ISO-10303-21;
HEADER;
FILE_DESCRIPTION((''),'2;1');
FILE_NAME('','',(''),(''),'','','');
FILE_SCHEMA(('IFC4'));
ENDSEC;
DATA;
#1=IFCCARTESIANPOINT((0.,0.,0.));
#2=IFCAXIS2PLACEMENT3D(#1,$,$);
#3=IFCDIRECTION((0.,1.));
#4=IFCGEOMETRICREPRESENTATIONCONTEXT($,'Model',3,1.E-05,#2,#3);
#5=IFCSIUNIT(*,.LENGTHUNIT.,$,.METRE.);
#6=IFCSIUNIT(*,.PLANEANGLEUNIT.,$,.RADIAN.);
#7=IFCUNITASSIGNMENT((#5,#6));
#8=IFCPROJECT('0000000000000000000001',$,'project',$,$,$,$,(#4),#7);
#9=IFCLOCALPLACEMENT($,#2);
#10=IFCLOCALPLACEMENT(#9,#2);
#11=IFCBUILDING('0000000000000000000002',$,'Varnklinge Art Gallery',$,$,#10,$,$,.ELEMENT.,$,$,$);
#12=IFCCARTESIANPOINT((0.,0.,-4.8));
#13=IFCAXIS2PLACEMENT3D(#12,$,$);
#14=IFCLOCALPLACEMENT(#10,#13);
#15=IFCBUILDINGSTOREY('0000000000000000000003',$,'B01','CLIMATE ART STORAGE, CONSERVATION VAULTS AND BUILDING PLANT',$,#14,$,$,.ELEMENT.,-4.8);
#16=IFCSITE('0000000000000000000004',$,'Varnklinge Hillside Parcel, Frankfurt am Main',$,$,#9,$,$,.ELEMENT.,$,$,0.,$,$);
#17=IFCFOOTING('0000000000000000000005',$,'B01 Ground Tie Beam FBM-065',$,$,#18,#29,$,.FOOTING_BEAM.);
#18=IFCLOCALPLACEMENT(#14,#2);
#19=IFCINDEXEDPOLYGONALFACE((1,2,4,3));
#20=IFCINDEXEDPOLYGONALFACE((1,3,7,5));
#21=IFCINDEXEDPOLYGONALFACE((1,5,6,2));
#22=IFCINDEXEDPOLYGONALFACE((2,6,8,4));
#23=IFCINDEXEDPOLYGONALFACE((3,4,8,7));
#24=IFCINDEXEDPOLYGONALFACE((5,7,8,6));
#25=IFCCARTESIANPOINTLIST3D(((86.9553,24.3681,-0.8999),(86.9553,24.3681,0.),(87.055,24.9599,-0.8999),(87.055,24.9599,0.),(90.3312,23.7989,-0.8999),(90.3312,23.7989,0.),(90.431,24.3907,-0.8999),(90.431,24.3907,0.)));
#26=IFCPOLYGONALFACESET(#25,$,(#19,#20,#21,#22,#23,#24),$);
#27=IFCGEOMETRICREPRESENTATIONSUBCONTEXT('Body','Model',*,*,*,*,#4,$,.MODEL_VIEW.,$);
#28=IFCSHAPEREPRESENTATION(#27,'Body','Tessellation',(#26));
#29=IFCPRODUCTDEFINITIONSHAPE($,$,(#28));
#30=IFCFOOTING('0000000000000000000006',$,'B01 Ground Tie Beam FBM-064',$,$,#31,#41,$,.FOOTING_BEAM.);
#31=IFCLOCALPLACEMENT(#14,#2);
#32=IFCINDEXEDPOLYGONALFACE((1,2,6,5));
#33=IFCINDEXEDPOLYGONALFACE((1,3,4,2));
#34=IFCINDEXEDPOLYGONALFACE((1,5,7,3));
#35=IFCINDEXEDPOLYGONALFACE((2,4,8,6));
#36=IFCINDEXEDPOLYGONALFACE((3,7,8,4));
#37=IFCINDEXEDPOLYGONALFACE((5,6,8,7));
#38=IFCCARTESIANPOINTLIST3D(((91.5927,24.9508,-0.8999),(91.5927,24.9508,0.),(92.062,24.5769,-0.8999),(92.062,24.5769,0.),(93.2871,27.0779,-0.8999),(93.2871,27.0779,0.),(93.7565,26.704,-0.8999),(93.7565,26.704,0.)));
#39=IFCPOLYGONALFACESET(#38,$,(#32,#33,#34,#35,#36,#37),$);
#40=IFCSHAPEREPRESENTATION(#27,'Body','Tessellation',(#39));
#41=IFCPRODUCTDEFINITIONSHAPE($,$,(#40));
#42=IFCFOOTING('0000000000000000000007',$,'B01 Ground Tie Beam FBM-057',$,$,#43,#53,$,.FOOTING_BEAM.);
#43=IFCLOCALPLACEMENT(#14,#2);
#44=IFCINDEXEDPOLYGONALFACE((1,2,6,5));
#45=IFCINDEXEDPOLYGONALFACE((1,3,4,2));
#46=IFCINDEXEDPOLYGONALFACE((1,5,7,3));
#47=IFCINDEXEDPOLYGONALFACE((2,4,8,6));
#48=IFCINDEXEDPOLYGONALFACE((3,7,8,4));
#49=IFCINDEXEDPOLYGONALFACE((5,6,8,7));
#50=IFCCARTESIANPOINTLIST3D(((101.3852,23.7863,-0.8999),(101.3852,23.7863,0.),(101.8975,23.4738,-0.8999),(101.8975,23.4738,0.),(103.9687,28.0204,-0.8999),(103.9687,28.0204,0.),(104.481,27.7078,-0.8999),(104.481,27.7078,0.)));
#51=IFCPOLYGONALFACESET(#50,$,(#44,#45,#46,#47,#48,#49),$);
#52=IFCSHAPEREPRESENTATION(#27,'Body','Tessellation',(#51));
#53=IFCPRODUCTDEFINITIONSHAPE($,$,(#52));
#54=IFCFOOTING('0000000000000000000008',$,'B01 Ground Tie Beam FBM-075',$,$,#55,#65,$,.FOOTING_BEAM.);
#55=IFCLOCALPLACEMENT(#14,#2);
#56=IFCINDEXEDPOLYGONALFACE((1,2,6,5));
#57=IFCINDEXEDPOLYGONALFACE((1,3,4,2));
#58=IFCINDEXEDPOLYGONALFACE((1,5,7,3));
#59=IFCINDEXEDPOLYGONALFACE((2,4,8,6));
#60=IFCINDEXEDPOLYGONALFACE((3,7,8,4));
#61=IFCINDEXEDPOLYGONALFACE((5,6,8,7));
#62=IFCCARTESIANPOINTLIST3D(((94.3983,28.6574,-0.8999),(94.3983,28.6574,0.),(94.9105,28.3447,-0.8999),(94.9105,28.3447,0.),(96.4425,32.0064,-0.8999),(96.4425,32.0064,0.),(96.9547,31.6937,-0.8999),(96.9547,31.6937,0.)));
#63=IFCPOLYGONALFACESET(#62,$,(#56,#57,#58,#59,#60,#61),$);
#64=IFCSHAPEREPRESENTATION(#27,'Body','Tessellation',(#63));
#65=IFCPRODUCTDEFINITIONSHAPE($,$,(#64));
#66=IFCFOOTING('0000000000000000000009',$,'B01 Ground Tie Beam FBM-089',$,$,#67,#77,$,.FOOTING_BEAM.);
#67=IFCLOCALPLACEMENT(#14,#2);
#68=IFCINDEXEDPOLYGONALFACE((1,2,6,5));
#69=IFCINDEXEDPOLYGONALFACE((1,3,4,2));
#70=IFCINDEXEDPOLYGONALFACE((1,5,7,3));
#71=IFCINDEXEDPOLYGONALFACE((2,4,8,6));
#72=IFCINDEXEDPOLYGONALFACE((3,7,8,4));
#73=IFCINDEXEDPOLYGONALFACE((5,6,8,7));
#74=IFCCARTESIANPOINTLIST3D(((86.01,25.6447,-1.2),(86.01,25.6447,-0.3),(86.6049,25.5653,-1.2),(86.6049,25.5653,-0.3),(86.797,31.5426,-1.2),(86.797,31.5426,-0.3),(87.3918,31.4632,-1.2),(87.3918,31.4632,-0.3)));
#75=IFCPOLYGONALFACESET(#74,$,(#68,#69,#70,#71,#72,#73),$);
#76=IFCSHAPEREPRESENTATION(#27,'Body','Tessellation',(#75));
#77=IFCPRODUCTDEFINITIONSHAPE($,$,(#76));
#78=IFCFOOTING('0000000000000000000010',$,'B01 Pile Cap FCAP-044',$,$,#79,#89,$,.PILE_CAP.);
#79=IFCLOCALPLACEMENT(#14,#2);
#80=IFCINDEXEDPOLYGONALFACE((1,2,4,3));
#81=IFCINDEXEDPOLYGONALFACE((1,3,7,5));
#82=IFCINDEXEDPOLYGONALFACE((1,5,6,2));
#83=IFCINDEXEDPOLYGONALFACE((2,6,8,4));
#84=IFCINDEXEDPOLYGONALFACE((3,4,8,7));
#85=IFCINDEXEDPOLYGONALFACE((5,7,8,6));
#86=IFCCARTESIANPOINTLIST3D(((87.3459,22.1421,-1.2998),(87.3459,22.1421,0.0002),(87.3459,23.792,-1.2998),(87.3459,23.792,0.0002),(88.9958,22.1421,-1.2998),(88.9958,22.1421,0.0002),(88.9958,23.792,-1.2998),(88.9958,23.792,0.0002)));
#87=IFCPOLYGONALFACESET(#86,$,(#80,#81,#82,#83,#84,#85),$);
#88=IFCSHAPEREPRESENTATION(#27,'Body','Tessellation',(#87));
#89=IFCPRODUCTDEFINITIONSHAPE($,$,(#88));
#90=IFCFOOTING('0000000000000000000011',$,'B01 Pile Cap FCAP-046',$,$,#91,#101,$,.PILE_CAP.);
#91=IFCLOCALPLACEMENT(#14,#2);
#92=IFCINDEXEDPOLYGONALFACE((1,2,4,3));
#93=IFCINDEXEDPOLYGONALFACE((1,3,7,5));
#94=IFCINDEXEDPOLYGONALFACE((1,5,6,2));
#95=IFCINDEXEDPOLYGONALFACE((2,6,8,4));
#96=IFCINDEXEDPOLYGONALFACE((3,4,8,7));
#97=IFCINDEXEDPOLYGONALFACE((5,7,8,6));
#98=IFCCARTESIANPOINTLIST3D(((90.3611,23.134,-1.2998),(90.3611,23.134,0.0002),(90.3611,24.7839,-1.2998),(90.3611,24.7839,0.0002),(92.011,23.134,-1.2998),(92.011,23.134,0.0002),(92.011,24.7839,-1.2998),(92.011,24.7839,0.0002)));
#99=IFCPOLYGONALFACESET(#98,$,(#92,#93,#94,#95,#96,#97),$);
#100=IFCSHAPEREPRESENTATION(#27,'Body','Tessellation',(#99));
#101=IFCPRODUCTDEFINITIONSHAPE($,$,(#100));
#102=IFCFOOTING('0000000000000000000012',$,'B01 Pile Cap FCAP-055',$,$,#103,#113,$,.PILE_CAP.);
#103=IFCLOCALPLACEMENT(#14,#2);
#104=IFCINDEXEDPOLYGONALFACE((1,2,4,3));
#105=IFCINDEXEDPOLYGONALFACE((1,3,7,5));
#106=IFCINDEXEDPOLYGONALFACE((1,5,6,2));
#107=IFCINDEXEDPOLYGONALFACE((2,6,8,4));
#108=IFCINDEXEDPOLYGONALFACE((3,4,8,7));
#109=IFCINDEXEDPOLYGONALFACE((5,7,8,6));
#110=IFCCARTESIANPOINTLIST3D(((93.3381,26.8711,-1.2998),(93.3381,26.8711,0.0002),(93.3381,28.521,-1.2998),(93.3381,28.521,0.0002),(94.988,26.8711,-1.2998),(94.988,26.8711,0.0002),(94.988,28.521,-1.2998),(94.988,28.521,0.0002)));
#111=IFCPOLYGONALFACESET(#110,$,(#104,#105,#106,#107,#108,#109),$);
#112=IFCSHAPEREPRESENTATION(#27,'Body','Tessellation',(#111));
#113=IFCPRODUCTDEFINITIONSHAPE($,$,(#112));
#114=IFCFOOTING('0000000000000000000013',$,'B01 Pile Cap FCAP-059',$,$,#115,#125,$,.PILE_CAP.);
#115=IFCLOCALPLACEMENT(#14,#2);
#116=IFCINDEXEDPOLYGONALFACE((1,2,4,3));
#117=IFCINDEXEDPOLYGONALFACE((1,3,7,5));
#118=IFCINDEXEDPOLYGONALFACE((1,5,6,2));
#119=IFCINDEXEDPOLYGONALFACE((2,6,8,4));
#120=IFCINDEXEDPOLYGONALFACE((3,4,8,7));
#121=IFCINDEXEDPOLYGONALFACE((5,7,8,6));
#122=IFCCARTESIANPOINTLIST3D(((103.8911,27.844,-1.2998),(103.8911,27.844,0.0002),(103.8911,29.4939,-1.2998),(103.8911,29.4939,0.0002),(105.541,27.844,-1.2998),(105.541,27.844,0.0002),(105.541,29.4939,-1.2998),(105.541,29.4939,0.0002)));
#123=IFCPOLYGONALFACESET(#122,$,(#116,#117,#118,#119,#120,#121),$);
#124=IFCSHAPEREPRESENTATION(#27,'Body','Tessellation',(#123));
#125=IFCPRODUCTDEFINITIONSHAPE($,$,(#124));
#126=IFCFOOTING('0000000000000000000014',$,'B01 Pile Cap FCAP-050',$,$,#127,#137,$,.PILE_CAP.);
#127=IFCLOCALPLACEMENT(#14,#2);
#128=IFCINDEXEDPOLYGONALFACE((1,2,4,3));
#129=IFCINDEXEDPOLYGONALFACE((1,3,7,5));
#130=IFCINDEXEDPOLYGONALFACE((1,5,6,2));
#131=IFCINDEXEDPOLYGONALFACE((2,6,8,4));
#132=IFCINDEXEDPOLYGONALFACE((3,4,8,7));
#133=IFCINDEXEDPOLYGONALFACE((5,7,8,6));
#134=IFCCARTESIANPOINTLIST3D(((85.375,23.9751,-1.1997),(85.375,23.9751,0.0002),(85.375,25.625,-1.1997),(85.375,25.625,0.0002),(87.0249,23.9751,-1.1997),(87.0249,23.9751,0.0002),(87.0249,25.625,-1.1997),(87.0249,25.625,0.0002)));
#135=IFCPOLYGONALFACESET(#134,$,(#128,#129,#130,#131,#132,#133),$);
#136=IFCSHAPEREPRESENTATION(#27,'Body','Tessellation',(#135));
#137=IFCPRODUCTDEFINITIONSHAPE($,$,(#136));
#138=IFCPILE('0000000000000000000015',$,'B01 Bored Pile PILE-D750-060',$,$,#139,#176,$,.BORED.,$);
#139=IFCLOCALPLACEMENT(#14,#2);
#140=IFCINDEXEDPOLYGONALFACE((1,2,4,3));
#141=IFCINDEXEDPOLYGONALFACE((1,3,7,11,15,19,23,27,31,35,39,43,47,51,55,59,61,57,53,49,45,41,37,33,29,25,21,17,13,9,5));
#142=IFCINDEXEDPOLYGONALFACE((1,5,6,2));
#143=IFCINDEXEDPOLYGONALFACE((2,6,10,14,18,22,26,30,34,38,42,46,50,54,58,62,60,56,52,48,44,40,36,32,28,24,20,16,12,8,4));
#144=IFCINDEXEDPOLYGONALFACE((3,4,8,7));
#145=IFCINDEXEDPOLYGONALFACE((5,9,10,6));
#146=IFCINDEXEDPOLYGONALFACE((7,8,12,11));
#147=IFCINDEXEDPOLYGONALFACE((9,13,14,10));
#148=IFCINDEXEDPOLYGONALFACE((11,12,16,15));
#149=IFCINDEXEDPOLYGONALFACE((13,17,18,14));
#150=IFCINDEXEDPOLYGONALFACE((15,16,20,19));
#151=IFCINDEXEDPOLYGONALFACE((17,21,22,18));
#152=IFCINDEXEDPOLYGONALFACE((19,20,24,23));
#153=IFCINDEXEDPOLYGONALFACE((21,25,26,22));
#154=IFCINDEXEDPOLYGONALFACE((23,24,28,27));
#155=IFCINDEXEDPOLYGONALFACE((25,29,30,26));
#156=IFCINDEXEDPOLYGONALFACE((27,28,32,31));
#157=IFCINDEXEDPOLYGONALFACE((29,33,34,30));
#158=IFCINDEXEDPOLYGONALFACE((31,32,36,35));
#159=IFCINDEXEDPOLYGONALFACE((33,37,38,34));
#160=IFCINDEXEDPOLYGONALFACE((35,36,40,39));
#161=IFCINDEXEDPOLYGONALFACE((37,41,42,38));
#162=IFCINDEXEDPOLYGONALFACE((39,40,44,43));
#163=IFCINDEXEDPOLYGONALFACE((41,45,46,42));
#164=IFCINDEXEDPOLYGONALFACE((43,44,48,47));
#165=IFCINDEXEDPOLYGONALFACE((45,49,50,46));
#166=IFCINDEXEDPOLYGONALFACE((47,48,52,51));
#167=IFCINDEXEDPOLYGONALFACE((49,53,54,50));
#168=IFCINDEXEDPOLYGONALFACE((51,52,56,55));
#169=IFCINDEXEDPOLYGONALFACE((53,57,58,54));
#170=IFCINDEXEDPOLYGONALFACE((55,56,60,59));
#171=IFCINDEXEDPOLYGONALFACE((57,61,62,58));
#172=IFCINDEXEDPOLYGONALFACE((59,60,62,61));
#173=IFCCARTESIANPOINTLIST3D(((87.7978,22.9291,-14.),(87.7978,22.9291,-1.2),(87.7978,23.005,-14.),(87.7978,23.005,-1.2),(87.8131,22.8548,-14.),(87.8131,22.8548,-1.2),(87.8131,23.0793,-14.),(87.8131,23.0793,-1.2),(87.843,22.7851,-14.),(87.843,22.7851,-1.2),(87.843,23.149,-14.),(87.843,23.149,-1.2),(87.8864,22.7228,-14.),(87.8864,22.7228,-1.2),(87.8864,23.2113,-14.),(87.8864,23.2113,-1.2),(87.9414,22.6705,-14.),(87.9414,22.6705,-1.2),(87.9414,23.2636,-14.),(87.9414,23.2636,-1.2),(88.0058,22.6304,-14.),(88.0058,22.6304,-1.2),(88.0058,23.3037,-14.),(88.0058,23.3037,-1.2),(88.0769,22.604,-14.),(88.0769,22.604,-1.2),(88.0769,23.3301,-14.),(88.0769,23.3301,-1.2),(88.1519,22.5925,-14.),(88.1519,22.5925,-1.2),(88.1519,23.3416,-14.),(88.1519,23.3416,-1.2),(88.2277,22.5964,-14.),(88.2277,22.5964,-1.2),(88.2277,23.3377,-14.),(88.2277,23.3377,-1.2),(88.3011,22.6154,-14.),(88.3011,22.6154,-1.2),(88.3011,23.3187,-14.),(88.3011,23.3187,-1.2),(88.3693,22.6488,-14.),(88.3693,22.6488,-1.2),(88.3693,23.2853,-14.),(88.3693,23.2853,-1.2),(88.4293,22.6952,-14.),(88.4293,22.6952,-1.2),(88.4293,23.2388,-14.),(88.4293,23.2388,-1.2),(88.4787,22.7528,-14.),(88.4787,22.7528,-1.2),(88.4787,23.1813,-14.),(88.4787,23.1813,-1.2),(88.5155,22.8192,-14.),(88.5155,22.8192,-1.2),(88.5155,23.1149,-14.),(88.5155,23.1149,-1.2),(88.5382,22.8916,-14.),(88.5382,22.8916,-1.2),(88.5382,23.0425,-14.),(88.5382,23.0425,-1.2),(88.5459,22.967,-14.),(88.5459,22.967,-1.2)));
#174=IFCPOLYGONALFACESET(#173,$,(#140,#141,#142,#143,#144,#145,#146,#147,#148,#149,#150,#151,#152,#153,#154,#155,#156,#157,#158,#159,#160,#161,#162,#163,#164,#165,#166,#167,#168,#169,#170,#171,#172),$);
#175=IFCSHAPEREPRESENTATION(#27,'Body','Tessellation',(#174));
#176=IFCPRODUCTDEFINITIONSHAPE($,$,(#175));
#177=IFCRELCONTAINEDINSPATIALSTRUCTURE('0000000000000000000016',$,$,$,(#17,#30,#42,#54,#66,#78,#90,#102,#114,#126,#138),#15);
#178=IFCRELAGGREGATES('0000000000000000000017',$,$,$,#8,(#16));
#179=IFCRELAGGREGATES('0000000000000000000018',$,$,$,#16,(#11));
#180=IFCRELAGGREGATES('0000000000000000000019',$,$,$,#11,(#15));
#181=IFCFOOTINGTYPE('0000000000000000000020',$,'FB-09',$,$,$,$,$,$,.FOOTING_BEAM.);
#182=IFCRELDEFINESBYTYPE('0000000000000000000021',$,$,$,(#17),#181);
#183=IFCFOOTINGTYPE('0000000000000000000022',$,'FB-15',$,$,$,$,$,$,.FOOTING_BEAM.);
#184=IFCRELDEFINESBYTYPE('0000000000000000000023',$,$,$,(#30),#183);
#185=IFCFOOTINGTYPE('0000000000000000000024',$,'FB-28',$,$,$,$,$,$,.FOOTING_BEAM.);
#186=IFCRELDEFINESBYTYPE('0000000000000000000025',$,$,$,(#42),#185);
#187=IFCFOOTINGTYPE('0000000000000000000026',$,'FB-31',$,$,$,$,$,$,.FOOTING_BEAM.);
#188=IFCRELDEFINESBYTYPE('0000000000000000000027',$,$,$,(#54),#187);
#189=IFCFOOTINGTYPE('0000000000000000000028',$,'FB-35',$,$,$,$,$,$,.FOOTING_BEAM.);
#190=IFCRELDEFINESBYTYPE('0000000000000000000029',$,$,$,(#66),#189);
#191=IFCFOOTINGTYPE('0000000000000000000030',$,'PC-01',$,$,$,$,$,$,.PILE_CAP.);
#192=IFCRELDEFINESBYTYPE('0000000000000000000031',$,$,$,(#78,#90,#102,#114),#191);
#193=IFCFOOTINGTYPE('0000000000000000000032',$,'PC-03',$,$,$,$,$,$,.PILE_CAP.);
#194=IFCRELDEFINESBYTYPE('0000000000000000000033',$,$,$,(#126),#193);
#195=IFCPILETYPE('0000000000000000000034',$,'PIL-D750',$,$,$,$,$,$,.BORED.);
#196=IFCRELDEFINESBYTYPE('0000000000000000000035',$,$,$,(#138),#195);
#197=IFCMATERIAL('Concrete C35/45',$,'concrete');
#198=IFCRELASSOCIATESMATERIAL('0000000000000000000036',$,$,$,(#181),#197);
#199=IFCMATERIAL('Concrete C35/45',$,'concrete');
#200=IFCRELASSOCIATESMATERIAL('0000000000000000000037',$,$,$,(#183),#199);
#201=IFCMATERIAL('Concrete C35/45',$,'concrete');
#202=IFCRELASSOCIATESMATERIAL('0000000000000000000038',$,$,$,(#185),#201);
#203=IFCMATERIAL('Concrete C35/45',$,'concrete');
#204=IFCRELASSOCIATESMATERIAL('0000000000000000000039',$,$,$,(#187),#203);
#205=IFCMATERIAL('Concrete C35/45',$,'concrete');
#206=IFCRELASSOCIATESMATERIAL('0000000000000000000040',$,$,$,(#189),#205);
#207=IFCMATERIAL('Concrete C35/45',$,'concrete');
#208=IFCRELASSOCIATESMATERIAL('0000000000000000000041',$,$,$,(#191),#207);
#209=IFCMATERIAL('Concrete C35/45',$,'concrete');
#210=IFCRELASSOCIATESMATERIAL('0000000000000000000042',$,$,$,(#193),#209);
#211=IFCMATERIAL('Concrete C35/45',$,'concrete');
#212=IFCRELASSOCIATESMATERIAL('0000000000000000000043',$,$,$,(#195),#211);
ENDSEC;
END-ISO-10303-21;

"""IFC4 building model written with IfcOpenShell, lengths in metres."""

from ifc_helpers import new_model, si_unit, direction, frame, origin, origin_2d, place, context, subcontext, project, spatial, rectangle, circle, extrude, material, material_profile, profile_set, type_object, element, save


model = new_model("IFC4")

# Units and contexts
model_context = context("Model", 3, precision=1e-05, world=origin(), true_north=direction((0.0, 1.0)))
body_context = subcontext(model_context, "Body", "Model", "MODEL_VIEW")
ifc_project = project(units=[si_unit("LENGTHUNIT", "METRE"), si_unit("PLANEANGLEUNIT", "RADIAN")], contexts=[model_context])

# Site, building, storey
site_placement = place(None, origin())
site = spatial("IfcSite", under=ifc_project, at=site_placement, Name="Varnklinge Hillside Parcel, Frankfurt am Main", CompositionType="ELEMENT", RefElevation=0.0)
building_placement = place(site_placement, origin())
building = spatial("IfcBuilding", under=site, at=building_placement, Name="Varnklinge Art Gallery", CompositionType="ELEMENT")
storey_placement = place(building_placement, frame((0.0, 0.0, -4.8)))
storey = spatial("IfcBuildingStorey", under=building, at=storey_placement, Name="B01", Description="CLIMATE ART STORAGE, CONSERVATION VAULTS AND BUILDING PLANT", CompositionType="ELEMENT", Elevation=-4.8)

# Footings
ifc_material_1 = material(Name="Concrete C35/45", Category="concrete")
footing_type_1 = type_object("IfcFootingType", Name="FB-09", PredefinedType="FOOTING_BEAM", material=ifc_material_1)
footing_1_placement = place(storey_placement, frame((88.6931, 24.3794, -0.8999), z_axis=(0.0, 0.0, 1.0), x_axis=(-0.986083, 0.166252, 0.0)))
element("IfcFooting", 1, at=footing_1_placement, inside=storey, type_object=footing_type_1, Name="B01 Ground Tie Beam FBM-065", PredefinedType="FOOTING_BEAM", context=body_context, shape_type="SweptSolid", body=[
    extrude(rectangle(XDim=3.4236, YDim=0.6001, at=origin_2d()), origin(), (0.0, 0.0, 1.0), 0.8999),
])
ifc_material_2 = material(Name="Concrete C35/45", Category="concrete")
footing_type_2 = type_object("IfcFootingType", Name="FB-15", PredefinedType="FOOTING_BEAM", material=ifc_material_2)
footing_2_placement = place(storey_placement, frame((92.6746, 25.8274, -0.8999), z_axis=(0.0, 0.0, 1.0), x_axis=(0.623061, 0.782173, 0.0)))
element("IfcFooting", 2, at=footing_2_placement, inside=storey, type_object=footing_type_2, Name="B01 Ground Tie Beam FBM-064", PredefinedType="FOOTING_BEAM", context=body_context, shape_type="SweptSolid", body=[
    extrude(rectangle(XDim=2.7195, YDim=0.6001, at=origin_2d()), origin(), (0.0, 0.0, 1.0), 0.8999),
])
ifc_material_3 = material(Name="Concrete C35/45", Category="concrete")
footing_type_3 = type_object("IfcFootingType", Name="FB-28", PredefinedType="FOOTING_BEAM", material=ifc_material_3)
footing_3_placement = place(storey_placement, frame((102.9331, 25.7471, -0.8999), z_axis=(0.0, 0.0, 1.0), x_axis=(0.520861, 0.853642, 0.0)))
element("IfcFooting", 3, at=footing_3_placement, inside=storey, type_object=footing_type_3, Name="B01 Ground Tie Beam FBM-057", PredefinedType="FOOTING_BEAM", context=body_context, shape_type="SweptSolid", body=[
    extrude(rectangle(XDim=4.96, YDim=0.6001, at=origin_2d()), origin(), (0.0, 0.0, 1.0), 0.8999),
])
ifc_material_4 = material(Name="Concrete C35/45", Category="concrete")
footing_type_4 = type_object("IfcFootingType", Name="FB-31", PredefinedType="FOOTING_BEAM", material=ifc_material_4)
footing_4_placement = place(storey_placement, frame((95.6765, 30.1755, -0.8999), z_axis=(0.0, 0.0, 1.0), x_axis=(0.52101, 0.853551, 0.0)))
element("IfcFooting", 4, at=footing_4_placement, inside=storey, type_object=footing_type_4, Name="B01 Ground Tie Beam FBM-075", PredefinedType="FOOTING_BEAM", context=body_context, shape_type="SweptSolid", body=[
    extrude(rectangle(XDim=3.9236, YDim=0.6001, at=origin_2d()), origin(), (0.0, 0.0, 1.0), 0.8999),
])
ifc_material_5 = material(Name="Concrete C35/45", Category="concrete")
footing_type_5 = type_object("IfcFootingType", Name="FB-35", PredefinedType="FOOTING_BEAM", material=ifc_material_5)
footing_5_placement = place(storey_placement, frame((86.7009, 28.554, -1.2), z_axis=(0.0, 0.0, 1.0), x_axis=(-0.132256, -0.991216, 0.0)))
element("IfcFooting", 5, at=footing_5_placement, inside=storey, type_object=footing_type_5, Name="B01 Ground Tie Beam FBM-089", PredefinedType="FOOTING_BEAM", context=body_context, shape_type="SweptSolid", body=[
    extrude(rectangle(XDim=5.9502, YDim=0.6001, at=origin_2d()), origin(), (0.0, 0.0, 1.0), 0.8999),
])
ifc_material_6 = material(Name="Concrete C35/45", Category="concrete")
footing_type_6 = type_object("IfcFootingType", Name="PC-01", PredefinedType="PILE_CAP", material=ifc_material_6)
for number, where, z_axis, x_axis, name in (
    (6, (88.1709, 22.967, -1.2998), (0.0, 0.0, 1.0), (1.0, 0.0, 0.0), "B01 Pile Cap FCAP-044"),
    (7, (91.186, 23.959, -1.2998), (0.0, 0.0, 1.0), (1.0, 0.0, 0.0), "B01 Pile Cap FCAP-046"),
    (8, (94.1631, 27.696, -1.2998), (0.0, 0.0, 1.0), (1.0, 0.0, 0.0), "B01 Pile Cap FCAP-055"),
    (9, (104.7161, 28.6689, -1.2998), (0.0, 0.0, 1.0), (1.0, 0.0, 0.0), "B01 Pile Cap FCAP-059"),
):
    element("IfcFooting", number, at=place(storey_placement, frame(where, z_axis=z_axis, x_axis=x_axis)), inside=storey, type_object=footing_type_6, Name=name, PredefinedType="PILE_CAP", context=body_context, shape_type="SweptSolid", body=[
        extrude(rectangle(XDim=1.6499, YDim=1.6499, at=origin_2d()), origin(), (0.0, 0.0, 1.0), 1.3),
    ])
ifc_material_7 = material(Name="Concrete C35/45", Category="concrete")
footing_type_7 = type_object("IfcFootingType", Name="PC-03", PredefinedType="PILE_CAP", material=ifc_material_7)
footing_6_placement = place(storey_placement, frame((86.2, 24.8, -1.1997), z_axis=(0.0, 0.0, 1.0), x_axis=(1.0, 0.0, 0.0)))
element("IfcFooting", 10, at=footing_6_placement, inside=storey, type_object=footing_type_7, Name="B01 Pile Cap FCAP-050", PredefinedType="PILE_CAP", context=body_context, shape_type="SweptSolid", body=[
    extrude(rectangle(XDim=1.6499, YDim=1.6499, at=origin_2d()), origin(), (0.0, 0.0, 1.0), 1.2),
])

# Pile
ifc_material_8 = material(Name="Concrete C35/45", Category="concrete")
ifc_material_profile_1 = material_profile(ifc_material_8, circle(Radius=0.375, at=origin_2d()), Name="PILE D750")
ifc_profile_set_1 = profile_set([ifc_material_profile_1], Name="Concrete C35/45")
pile_type = type_object("IfcPileType", Name="PIL-D750", PredefinedType="BORED", material=ifc_profile_set_1)
for number, where, z_axis, x_axis, name in (
    (11, (88.1709, 22.967, -1.2), (0.0, 0.0, -1.0), (1.0, 0.0, 0.0), "B01 Bored Pile PILE-D750-060"),
):
    element("IfcPile", number, at=place(storey_placement, frame(where, z_axis=z_axis, x_axis=x_axis)), inside=storey, type_object=pile_type, Name=name, PredefinedType="BORED", context=body_context, shape_type="SweptSolid", body=[
        extrude(circle(Radius=0.375, at=origin_2d()), origin(), (0.0, 0.0, 1.0), 12.8),
    ])

save(model, "model.ifc")
